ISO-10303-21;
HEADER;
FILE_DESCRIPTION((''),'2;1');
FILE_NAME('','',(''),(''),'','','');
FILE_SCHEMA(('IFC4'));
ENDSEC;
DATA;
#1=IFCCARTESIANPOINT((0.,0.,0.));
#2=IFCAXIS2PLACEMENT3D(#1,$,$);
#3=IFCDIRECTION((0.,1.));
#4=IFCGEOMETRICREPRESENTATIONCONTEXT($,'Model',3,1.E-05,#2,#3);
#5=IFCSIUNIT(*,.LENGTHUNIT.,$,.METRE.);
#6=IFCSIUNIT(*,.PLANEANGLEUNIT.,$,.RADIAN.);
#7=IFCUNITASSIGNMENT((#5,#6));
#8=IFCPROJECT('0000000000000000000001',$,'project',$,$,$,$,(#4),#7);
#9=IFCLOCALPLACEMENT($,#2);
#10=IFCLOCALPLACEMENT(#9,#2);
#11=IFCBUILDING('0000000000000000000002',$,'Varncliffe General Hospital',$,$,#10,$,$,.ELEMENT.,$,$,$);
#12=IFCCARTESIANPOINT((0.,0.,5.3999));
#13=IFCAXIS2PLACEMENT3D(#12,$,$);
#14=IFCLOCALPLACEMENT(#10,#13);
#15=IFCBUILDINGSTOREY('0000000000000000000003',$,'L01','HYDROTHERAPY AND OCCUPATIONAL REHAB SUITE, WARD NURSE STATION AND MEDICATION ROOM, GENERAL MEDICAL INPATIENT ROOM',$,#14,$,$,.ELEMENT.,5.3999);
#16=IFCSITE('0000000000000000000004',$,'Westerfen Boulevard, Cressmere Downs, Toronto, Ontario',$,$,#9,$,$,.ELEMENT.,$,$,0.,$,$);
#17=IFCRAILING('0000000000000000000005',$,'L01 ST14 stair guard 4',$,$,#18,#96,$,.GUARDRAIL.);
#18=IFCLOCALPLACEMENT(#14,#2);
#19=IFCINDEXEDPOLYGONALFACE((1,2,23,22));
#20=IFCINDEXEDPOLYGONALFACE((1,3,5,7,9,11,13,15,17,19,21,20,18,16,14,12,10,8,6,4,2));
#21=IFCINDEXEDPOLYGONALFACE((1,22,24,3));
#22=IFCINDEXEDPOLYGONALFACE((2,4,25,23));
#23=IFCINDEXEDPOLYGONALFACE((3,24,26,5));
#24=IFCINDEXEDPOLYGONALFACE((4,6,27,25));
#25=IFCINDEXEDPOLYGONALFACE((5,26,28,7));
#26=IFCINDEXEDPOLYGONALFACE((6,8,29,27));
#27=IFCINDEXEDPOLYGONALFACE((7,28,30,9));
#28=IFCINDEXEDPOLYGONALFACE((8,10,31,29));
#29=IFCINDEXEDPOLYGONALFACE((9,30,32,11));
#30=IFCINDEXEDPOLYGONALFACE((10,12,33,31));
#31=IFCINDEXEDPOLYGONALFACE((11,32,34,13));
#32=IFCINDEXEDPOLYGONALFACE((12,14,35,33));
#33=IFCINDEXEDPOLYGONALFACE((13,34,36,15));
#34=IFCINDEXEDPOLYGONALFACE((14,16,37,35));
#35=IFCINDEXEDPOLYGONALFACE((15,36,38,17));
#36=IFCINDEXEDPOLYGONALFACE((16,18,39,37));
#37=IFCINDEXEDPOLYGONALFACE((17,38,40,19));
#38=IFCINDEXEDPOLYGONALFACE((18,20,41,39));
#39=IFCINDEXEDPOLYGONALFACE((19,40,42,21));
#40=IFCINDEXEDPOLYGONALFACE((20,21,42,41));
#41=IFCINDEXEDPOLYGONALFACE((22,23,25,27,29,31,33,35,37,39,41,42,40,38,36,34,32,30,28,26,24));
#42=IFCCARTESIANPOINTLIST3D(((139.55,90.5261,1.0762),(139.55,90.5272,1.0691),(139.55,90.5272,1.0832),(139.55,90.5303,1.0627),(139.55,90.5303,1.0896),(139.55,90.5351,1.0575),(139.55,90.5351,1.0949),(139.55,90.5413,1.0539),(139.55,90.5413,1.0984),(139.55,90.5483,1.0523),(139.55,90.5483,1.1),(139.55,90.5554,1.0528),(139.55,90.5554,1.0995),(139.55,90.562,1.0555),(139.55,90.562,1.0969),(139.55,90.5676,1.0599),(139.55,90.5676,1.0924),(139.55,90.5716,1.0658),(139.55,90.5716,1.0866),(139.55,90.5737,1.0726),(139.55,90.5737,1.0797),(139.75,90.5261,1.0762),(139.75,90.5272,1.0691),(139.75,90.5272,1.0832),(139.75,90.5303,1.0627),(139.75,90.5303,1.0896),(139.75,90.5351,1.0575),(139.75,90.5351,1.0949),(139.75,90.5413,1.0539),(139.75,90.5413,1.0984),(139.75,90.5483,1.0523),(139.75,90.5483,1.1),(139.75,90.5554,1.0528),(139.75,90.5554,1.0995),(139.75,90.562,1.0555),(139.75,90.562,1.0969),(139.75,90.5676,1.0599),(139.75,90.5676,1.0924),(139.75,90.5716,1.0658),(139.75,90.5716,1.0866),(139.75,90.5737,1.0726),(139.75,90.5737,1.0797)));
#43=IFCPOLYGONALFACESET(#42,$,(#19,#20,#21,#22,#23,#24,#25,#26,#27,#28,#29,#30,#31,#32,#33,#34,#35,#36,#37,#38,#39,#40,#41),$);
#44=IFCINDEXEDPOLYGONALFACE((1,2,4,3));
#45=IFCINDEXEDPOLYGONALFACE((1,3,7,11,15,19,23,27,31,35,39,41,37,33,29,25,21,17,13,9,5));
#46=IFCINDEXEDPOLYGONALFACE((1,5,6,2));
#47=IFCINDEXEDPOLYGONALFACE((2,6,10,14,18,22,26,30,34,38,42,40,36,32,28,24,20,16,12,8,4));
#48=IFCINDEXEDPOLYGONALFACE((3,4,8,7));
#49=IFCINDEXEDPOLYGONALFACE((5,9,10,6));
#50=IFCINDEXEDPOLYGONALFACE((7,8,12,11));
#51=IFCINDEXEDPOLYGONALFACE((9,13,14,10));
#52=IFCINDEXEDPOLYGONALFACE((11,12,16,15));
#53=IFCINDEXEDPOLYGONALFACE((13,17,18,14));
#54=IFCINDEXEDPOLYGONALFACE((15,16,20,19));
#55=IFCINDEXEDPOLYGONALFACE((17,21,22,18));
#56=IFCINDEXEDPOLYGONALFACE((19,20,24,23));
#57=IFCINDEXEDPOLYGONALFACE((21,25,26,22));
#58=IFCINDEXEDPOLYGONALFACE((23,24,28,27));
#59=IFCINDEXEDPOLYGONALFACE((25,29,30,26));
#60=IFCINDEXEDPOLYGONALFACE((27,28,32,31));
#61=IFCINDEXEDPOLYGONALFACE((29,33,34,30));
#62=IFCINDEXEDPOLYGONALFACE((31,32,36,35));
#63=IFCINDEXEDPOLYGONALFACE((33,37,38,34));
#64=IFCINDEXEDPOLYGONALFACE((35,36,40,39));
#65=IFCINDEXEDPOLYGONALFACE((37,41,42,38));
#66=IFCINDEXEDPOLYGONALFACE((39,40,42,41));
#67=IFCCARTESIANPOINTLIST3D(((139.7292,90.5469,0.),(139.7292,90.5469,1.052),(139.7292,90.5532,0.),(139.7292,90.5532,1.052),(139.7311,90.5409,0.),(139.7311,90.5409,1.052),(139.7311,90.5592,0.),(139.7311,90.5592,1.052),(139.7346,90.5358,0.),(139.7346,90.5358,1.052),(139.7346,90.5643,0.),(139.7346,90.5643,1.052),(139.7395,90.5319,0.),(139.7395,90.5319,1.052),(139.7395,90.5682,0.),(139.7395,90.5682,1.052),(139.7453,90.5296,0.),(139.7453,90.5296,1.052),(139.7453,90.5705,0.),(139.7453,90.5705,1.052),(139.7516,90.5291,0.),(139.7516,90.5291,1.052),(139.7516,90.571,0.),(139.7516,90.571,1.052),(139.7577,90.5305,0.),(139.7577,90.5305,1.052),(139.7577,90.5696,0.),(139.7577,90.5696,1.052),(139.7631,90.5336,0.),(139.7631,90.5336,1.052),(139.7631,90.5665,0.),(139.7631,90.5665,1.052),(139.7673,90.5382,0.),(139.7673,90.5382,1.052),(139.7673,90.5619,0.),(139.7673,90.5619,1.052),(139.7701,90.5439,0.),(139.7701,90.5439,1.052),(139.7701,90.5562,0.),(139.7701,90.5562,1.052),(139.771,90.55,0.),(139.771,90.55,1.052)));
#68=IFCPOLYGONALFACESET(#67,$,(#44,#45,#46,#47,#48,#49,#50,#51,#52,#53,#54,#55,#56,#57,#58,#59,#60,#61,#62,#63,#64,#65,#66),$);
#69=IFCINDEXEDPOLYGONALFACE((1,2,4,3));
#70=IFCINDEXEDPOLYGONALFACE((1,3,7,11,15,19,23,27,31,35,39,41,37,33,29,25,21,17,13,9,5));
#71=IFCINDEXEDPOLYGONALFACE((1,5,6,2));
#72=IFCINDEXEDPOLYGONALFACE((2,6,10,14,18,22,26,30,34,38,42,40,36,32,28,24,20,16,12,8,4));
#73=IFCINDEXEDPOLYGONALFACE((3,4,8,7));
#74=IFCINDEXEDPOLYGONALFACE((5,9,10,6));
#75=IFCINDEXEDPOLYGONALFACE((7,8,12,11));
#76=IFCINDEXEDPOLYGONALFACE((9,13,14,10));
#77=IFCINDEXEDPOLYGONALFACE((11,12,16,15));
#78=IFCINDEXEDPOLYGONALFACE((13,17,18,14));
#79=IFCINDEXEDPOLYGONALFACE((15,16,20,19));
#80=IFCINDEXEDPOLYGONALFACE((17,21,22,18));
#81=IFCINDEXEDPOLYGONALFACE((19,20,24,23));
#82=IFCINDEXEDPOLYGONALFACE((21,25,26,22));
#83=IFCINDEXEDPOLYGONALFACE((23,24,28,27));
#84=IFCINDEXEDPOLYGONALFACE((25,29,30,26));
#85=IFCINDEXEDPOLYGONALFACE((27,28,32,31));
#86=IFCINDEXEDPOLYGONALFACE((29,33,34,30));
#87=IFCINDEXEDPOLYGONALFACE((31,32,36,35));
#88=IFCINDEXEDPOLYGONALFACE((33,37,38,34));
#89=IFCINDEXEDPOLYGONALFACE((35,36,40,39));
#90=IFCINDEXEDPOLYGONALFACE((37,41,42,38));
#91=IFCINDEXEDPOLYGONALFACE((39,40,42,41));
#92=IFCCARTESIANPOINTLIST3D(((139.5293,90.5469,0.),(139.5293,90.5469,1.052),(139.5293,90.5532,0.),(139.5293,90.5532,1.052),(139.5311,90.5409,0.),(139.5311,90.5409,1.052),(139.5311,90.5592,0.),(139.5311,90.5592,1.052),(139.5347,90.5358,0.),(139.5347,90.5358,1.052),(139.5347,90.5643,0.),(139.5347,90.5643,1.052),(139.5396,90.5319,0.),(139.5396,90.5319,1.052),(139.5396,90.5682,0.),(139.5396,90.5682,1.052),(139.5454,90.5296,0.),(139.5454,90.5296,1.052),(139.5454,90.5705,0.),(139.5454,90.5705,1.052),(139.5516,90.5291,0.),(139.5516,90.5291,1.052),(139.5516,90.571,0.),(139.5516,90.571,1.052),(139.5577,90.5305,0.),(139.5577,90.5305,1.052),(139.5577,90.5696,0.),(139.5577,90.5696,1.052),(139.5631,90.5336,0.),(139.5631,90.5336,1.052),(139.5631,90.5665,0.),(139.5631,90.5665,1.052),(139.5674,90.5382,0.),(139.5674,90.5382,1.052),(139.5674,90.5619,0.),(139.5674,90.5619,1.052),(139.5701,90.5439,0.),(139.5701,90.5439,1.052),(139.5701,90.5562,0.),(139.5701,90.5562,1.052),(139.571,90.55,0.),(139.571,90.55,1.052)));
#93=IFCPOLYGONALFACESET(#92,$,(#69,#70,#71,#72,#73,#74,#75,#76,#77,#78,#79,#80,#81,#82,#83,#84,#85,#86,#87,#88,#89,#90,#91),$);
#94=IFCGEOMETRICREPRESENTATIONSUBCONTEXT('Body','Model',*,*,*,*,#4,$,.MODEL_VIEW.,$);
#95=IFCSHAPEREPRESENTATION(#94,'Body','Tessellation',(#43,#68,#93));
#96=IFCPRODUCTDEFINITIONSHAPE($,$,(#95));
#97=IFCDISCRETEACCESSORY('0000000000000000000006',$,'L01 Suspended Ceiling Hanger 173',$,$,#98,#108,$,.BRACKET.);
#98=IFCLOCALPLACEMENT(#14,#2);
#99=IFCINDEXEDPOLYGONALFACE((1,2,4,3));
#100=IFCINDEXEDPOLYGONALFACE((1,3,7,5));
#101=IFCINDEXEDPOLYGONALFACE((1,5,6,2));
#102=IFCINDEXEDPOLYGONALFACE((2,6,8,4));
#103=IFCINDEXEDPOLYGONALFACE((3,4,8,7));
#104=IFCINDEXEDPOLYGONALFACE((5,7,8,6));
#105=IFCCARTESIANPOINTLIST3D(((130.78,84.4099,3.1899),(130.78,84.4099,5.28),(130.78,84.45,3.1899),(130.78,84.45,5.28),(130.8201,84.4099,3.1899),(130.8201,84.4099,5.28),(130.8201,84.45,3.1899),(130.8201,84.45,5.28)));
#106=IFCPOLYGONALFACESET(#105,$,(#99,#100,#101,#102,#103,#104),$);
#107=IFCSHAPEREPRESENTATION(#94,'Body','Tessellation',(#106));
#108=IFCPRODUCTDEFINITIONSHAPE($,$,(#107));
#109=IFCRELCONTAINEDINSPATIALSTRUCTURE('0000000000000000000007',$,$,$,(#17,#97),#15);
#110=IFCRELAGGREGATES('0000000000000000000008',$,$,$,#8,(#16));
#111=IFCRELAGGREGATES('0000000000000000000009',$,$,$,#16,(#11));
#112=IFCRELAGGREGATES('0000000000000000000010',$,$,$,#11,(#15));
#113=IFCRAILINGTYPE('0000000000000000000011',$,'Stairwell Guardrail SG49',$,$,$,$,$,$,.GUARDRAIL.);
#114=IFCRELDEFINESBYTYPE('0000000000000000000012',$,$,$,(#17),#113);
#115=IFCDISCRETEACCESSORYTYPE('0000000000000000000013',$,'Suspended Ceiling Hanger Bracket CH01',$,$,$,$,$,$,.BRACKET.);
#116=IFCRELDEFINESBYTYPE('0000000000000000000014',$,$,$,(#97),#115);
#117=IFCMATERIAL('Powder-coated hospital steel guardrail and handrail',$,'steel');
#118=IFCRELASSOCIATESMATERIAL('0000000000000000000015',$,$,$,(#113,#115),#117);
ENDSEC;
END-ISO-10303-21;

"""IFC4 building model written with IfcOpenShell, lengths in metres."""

from ifc_helpers import new_model, si_unit, direction, frame, origin, origin_2d, place, context, subcontext, project, spatial, rectangle, circle, extrude, material, type_object, element, save


model = new_model("IFC4")

# Units and contexts
model_context = context("Model", 3, precision=1e-05, world=origin(), true_north=direction((0.0, 1.0)))
body_context = subcontext(model_context, "Body", "Model", "MODEL_VIEW")
ifc_project = project(units=[si_unit("LENGTHUNIT", "METRE"), si_unit("PLANEANGLEUNIT", "RADIAN")], contexts=[model_context])

# Site, building, storey
site_placement = place(None, origin())
site = spatial("IfcSite", under=ifc_project, at=site_placement, Name="Westerfen Boulevard, Cressmere Downs, Toronto, Ontario", CompositionType="ELEMENT", RefElevation=0.0)
building_placement = place(site_placement, origin())
building = spatial("IfcBuilding", under=site, at=building_placement, Name="Varncliffe General Hospital", CompositionType="ELEMENT")
storey_placement = place(building_placement, frame((0.0, 0.0, 5.3999)))
storey = spatial("IfcBuildingStorey", under=building, at=storey_placement, Name="L01", Description="HYDROTHERAPY AND OCCUPATIONAL REHAB SUITE, WARD NURSE STATION AND MEDICATION ROOM, GENERAL MEDICAL INPATIENT ROOM", CompositionType="ELEMENT", Elevation=5.3999)

# Railing
ifc_material_1 = material(Name="Powder-coated hospital steel guardrail and handrail", Category="steel")
railing_type_1 = type_object("IfcRailingType", Name="Stairwell Guardrail SG49", PredefinedType="GUARDRAIL", material=ifc_material_1)
railing_1_placement = place(storey_placement, frame((139.75, 90.55, 0.0)))
element("IfcRailing", 1, at=railing_1_placement, inside=storey, type_object=railing_type_1, Name="L01 ST14 stair guard 4", PredefinedType="GUARDRAIL", context=body_context, shape_type="SweptSolid", body=[
    extrude(circle(Radius=0.0239, at=origin_2d()), frame((0.0, 0.0, 1.0762), z_axis=(-1.0, 0.0, 0.0), x_axis=(0.0, -1.0, 0.0)), (0.0, 0.0, 1.0), 0.2),
    extrude(circle(Radius=0.021, at=origin_2d()), origin(), (0.0, 0.0, 1.0), 1.052),
    extrude(circle(Radius=0.021, at=origin_2d()), frame((-0.2, 0.0, 0.0)), (0.0, 0.0, 1.0), 1.052),
])

# Discrete accessory
discrete_accessory_type = type_object("IfcDiscreteAccessoryType", Name="Suspended Ceiling Hanger Bracket CH01", PredefinedType="BRACKET", material=ifc_material_1)
discrete_accessory_placement = place(storey_placement, frame((130.8, 84.4299, 3.1899), z_axis=(0.0, 0.0, 1.0), x_axis=(1.0, 0.0, 0.0)))
element("IfcDiscreteAccessory", 2, at=discrete_accessory_placement, inside=storey, type_object=discrete_accessory_type, Name="L01 Suspended Ceiling Hanger 173", PredefinedType="BRACKET", context=body_context, shape_type="SweptSolid", body=[
    extrude(rectangle(XDim=0.04, YDim=0.04, at=origin_2d()), origin(), (0.0, 0.0, 1.0), 2.0901),
])

save(model, "model.ifc")
